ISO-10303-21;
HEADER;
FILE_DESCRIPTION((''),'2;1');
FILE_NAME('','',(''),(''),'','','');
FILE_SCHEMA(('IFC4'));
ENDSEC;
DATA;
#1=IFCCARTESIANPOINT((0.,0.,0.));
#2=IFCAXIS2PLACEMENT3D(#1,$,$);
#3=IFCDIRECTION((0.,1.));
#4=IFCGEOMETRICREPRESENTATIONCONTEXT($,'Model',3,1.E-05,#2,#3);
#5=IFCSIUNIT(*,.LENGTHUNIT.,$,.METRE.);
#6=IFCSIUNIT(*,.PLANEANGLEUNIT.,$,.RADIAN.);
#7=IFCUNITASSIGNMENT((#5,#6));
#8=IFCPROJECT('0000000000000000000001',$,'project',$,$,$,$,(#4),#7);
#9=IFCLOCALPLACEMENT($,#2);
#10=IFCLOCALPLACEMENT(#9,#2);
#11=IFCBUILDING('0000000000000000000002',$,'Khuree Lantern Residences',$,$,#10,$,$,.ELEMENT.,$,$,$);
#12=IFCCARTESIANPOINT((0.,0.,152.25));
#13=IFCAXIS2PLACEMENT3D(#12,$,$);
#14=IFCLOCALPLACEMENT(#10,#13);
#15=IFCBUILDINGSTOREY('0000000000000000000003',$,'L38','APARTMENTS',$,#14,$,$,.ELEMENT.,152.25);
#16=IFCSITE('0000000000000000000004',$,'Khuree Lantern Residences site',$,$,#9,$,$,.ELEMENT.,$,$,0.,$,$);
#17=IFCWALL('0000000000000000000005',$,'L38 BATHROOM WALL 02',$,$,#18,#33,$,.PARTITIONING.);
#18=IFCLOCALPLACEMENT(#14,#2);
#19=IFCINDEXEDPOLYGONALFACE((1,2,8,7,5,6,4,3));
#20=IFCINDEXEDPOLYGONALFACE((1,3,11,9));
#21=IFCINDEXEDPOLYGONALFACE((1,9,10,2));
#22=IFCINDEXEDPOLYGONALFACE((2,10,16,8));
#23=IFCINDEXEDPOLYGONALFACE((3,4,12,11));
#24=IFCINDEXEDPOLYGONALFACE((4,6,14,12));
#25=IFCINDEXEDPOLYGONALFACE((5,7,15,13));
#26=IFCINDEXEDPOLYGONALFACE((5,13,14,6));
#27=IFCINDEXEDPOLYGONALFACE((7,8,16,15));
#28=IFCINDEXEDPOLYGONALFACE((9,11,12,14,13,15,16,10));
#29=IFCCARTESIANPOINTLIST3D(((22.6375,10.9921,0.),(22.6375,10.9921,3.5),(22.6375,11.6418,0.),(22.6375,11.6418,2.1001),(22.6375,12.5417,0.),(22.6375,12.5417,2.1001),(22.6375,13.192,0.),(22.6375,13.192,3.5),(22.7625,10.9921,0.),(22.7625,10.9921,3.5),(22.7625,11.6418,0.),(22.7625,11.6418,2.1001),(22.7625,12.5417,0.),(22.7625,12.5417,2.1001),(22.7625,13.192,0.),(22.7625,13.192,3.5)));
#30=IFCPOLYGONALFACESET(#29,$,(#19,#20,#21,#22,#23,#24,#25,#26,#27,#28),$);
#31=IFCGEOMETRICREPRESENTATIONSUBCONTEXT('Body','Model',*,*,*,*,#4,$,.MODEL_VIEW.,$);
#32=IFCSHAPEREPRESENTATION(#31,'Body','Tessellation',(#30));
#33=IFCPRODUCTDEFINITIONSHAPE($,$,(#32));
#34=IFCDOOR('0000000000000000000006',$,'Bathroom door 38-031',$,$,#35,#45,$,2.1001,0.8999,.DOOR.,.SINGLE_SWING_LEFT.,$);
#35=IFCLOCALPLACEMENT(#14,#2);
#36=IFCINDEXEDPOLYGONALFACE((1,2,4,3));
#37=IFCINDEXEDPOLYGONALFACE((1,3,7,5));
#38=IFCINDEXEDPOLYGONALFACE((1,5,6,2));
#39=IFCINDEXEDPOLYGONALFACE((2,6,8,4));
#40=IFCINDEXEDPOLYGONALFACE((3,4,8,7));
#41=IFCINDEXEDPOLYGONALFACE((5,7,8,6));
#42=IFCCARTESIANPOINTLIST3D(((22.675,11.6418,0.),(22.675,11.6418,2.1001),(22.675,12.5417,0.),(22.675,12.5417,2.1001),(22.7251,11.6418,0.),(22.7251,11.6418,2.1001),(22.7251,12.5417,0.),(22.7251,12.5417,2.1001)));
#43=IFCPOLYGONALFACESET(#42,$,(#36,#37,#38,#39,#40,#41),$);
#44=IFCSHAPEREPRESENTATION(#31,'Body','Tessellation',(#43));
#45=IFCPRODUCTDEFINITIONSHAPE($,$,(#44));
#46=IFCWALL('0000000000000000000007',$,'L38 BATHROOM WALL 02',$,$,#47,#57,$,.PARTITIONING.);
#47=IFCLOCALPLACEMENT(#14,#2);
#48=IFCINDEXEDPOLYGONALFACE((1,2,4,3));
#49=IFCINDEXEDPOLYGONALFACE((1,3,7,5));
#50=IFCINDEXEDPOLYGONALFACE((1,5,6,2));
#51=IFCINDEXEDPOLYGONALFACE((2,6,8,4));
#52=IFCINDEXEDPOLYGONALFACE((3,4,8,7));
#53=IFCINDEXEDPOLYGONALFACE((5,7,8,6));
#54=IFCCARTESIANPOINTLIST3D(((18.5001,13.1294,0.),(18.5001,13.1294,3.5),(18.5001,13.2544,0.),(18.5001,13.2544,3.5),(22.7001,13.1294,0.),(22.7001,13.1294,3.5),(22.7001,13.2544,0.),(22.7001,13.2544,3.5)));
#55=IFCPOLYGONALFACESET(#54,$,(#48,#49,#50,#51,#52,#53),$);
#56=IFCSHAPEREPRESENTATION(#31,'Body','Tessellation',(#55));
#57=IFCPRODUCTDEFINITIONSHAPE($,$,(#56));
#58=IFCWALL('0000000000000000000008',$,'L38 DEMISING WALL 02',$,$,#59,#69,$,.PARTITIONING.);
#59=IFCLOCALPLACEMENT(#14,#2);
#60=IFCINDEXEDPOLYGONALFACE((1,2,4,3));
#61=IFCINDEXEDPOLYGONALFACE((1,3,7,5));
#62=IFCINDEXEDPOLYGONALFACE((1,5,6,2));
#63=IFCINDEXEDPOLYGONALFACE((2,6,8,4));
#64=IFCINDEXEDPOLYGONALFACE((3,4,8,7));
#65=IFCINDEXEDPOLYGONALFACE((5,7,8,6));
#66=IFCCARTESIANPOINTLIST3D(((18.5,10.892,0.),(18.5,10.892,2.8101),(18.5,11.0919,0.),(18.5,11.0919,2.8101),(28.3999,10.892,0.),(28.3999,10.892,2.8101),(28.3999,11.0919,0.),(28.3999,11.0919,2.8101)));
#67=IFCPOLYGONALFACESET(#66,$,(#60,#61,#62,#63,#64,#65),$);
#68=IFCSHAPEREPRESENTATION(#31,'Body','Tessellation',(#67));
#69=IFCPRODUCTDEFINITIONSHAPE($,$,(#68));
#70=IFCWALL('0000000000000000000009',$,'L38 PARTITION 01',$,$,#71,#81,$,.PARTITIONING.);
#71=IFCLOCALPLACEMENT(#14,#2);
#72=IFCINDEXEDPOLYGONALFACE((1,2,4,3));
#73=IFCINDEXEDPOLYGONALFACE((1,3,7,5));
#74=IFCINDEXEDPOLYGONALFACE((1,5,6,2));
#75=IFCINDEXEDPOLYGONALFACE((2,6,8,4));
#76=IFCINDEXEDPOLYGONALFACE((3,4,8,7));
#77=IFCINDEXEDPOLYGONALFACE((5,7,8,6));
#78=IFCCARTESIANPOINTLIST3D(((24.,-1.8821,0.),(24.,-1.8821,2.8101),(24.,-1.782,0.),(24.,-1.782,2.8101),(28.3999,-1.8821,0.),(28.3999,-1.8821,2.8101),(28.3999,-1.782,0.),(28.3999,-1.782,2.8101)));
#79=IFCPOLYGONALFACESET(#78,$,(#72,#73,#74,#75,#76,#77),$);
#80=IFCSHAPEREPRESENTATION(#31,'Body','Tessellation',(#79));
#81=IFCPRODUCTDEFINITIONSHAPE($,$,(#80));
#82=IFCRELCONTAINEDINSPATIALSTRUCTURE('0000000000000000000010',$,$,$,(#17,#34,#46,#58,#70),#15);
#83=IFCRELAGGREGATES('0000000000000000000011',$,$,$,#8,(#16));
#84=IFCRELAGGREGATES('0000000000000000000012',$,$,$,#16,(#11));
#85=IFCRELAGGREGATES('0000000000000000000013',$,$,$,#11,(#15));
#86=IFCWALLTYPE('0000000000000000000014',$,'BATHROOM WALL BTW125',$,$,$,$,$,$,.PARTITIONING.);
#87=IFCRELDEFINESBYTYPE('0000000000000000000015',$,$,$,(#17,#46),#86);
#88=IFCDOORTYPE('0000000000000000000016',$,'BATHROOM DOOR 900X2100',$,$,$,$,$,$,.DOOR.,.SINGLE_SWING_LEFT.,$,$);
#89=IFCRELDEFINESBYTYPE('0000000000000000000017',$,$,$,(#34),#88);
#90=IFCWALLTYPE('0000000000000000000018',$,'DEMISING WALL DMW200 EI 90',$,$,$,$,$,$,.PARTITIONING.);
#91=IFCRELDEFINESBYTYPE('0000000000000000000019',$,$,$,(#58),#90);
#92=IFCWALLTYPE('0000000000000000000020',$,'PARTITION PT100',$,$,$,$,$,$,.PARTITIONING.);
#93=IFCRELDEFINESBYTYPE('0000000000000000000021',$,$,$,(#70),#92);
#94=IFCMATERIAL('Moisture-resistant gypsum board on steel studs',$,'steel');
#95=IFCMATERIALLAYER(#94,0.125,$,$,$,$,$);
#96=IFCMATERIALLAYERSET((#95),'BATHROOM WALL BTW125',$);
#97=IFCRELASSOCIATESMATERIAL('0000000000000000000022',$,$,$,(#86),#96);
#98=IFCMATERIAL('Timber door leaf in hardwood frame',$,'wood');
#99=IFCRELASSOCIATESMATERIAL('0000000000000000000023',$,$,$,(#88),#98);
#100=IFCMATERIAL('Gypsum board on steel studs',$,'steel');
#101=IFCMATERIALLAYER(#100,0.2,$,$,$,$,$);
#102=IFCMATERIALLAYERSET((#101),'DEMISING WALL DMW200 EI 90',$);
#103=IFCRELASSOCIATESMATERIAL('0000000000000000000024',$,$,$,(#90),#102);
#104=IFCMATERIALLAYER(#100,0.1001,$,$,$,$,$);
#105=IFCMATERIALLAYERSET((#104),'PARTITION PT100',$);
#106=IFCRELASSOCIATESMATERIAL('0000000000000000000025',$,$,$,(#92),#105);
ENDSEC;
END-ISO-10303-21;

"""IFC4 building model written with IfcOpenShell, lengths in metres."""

from ifc_helpers import new_model, si_unit, direction, frame, frame_2d, origin, place, context, subcontext, project, spatial, rectangle, extrude, material, layer, layer_set, type_object, element, fill, save


model = new_model("IFC4")

# Units and contexts
model_context = context("Model", 3, precision=1e-05, world=origin(), true_north=direction((0.0, 1.0)))
body_context = subcontext(model_context, "Body", "Model", "MODEL_VIEW")
ifc_project = project(units=[si_unit("LENGTHUNIT", "METRE"), si_unit("PLANEANGLEUNIT", "RADIAN")], contexts=[model_context])

# Site, building, storey
site_placement = place(None, origin())
site = spatial("IfcSite", under=ifc_project, at=site_placement, Name="Khuree Lantern Residences site", CompositionType="ELEMENT", RefElevation=0.0)
building_placement = place(site_placement, origin())
building = spatial("IfcBuilding", under=site, at=building_placement, Name="Khuree Lantern Residences", CompositionType="ELEMENT")
storey_placement = place(building_placement, frame((0.0, 0.0, 152.25)))
storey = spatial("IfcBuildingStorey", under=building, at=storey_placement, Name="L38", Description="APARTMENTS", CompositionType="ELEMENT", Elevation=152.25)

# Wall, opening, door
ifc_material_1 = material(Name="Moisture-resistant gypsum board on steel studs", Category="steel")
ifc_layer_1 = layer(ifc_material_1, 0.125)
ifc_layer_set_1 = layer_set([ifc_layer_1], Name="BATHROOM WALL BTW125")
wall_type_1 = type_object("IfcWallType", Name="BATHROOM WALL BTW125", PredefinedType="PARTITIONING", material=ifc_layer_set_1)
wall_1_placement = place(storey_placement, frame((22.7, 10.9919, 0.0), z_axis=(0.0, 0.0, 1.0), x_axis=(0.0, 1.0, 0.0)))
wall_1 = element("IfcWall", 1, at=wall_1_placement, inside=storey, type_object=wall_type_1, Name="L38 BATHROOM WALL 02", PredefinedType="PARTITIONING", context=body_context, shape_type="SweptSolid", body=[
    extrude(rectangle(XDim=2.2, YDim=0.125, at=frame_2d((1.1001, 0.0))), origin(), (0.0, 0.0, 1.0), 3.5),
])
opening_placement = place(wall_1_placement, frame((0.6499, 0.0, 0.0)))
opening = element("IfcOpeningElement", 2, at=opening_placement, cuts=wall_1, PredefinedType="OPENING", context=body_context, shape_type="SweptSolid", body=[
    extrude(rectangle(XDim=0.8999, YDim=2.1001, at=frame_2d((0.45, 1.05))), frame((0.0, 0.0725, 0.0), z_axis=(0.0, -1.0, 0.0), x_axis=(1.0, 0.0, 0.0)), (0.0, 0.0, 1.0), 0.145),
])
ifc_material_2 = material(Name="Timber door leaf in hardwood frame", Category="wood")
door_type = type_object("IfcDoorType", Name="BATHROOM DOOR 900X2100", OperationType="SINGLE_SWING_LEFT", PredefinedType="DOOR", material=ifc_material_2)
door_placement = place(opening_placement, origin())
door = element("IfcDoor", 3, at=door_placement, inside=storey, type_object=door_type, Name="Bathroom door 38-031", OperationType="SINGLE_SWING_LEFT", OverallHeight=2.1001, OverallWidth=0.8999, PredefinedType="DOOR", context=body_context, shape_type="SweptSolid", body=[
    extrude(rectangle(XDim=0.8999, YDim=2.1001, at=frame_2d((0.45, 1.05))), frame((0.0, 0.0249, 0.0), z_axis=(0.0, -1.0, 0.0), x_axis=(1.0, 0.0, 0.0)), (0.0, 0.0, 1.0), 0.05),
])
fill(opening, door)

# Walls
wall_2_placement = place(storey_placement, frame((18.5, 13.1919, 0.0), z_axis=(0.0, 0.0, 1.0), x_axis=(1.0, 0.0, 0.0)))
element("IfcWall", 4, at=wall_2_placement, inside=storey, type_object=wall_type_1, Name="L38 BATHROOM WALL 02", PredefinedType="PARTITIONING", context=body_context, shape_type="SweptSolid", body=[
    extrude(rectangle(XDim=4.2, YDim=0.125, at=frame_2d((2.1001, 0.0))), origin(), (0.0, 0.0, 1.0), 3.5),
])
ifc_material_3 = material(Name="Gypsum board on steel studs", Category="steel")
ifc_layer_2 = layer(ifc_material_3, 0.2)
ifc_layer_set_2 = layer_set([ifc_layer_2], Name="DEMISING WALL DMW200 EI 90")
wall_type_2 = type_object("IfcWallType", Name="DEMISING WALL DMW200 EI 90", PredefinedType="PARTITIONING", material=ifc_layer_set_2)
wall_3_placement = place(storey_placement, frame((18.5, 10.9919, 0.0), z_axis=(0.0, 0.0, 1.0), x_axis=(1.0, 0.0, 0.0)))
element("IfcWall", 5, at=wall_3_placement, inside=storey, type_object=wall_type_2, Name="L38 DEMISING WALL 02", PredefinedType="PARTITIONING", context=body_context, shape_type="SweptSolid", body=[
    extrude(rectangle(XDim=9.8999, YDim=0.2, at=frame_2d((4.95, 0.0))), origin(), (0.0, 0.0, 1.0), 2.8101),
])
ifc_layer_3 = layer(ifc_material_3, 0.1001)
ifc_layer_set_3 = layer_set([ifc_layer_3], Name="PARTITION PT100")
wall_type_3 = type_object("IfcWallType", Name="PARTITION PT100", PredefinedType="PARTITIONING", material=ifc_layer_set_3)
wall_4_placement = place(storey_placement, frame((24.0, -1.832, 0.0), z_axis=(0.0, 0.0, 1.0), x_axis=(1.0, 0.0, 0.0)))
element("IfcWall", 6, at=wall_4_placement, inside=storey, type_object=wall_type_3, Name="L38 PARTITION 01", PredefinedType="PARTITIONING", context=body_context, shape_type="SweptSolid", body=[
    extrude(rectangle(XDim=4.3999, YDim=0.1001, at=frame_2d((2.2, 0.0))), origin(), (0.0, 0.0, 1.0), 2.8101),
])

save(model, "model.ifc")
